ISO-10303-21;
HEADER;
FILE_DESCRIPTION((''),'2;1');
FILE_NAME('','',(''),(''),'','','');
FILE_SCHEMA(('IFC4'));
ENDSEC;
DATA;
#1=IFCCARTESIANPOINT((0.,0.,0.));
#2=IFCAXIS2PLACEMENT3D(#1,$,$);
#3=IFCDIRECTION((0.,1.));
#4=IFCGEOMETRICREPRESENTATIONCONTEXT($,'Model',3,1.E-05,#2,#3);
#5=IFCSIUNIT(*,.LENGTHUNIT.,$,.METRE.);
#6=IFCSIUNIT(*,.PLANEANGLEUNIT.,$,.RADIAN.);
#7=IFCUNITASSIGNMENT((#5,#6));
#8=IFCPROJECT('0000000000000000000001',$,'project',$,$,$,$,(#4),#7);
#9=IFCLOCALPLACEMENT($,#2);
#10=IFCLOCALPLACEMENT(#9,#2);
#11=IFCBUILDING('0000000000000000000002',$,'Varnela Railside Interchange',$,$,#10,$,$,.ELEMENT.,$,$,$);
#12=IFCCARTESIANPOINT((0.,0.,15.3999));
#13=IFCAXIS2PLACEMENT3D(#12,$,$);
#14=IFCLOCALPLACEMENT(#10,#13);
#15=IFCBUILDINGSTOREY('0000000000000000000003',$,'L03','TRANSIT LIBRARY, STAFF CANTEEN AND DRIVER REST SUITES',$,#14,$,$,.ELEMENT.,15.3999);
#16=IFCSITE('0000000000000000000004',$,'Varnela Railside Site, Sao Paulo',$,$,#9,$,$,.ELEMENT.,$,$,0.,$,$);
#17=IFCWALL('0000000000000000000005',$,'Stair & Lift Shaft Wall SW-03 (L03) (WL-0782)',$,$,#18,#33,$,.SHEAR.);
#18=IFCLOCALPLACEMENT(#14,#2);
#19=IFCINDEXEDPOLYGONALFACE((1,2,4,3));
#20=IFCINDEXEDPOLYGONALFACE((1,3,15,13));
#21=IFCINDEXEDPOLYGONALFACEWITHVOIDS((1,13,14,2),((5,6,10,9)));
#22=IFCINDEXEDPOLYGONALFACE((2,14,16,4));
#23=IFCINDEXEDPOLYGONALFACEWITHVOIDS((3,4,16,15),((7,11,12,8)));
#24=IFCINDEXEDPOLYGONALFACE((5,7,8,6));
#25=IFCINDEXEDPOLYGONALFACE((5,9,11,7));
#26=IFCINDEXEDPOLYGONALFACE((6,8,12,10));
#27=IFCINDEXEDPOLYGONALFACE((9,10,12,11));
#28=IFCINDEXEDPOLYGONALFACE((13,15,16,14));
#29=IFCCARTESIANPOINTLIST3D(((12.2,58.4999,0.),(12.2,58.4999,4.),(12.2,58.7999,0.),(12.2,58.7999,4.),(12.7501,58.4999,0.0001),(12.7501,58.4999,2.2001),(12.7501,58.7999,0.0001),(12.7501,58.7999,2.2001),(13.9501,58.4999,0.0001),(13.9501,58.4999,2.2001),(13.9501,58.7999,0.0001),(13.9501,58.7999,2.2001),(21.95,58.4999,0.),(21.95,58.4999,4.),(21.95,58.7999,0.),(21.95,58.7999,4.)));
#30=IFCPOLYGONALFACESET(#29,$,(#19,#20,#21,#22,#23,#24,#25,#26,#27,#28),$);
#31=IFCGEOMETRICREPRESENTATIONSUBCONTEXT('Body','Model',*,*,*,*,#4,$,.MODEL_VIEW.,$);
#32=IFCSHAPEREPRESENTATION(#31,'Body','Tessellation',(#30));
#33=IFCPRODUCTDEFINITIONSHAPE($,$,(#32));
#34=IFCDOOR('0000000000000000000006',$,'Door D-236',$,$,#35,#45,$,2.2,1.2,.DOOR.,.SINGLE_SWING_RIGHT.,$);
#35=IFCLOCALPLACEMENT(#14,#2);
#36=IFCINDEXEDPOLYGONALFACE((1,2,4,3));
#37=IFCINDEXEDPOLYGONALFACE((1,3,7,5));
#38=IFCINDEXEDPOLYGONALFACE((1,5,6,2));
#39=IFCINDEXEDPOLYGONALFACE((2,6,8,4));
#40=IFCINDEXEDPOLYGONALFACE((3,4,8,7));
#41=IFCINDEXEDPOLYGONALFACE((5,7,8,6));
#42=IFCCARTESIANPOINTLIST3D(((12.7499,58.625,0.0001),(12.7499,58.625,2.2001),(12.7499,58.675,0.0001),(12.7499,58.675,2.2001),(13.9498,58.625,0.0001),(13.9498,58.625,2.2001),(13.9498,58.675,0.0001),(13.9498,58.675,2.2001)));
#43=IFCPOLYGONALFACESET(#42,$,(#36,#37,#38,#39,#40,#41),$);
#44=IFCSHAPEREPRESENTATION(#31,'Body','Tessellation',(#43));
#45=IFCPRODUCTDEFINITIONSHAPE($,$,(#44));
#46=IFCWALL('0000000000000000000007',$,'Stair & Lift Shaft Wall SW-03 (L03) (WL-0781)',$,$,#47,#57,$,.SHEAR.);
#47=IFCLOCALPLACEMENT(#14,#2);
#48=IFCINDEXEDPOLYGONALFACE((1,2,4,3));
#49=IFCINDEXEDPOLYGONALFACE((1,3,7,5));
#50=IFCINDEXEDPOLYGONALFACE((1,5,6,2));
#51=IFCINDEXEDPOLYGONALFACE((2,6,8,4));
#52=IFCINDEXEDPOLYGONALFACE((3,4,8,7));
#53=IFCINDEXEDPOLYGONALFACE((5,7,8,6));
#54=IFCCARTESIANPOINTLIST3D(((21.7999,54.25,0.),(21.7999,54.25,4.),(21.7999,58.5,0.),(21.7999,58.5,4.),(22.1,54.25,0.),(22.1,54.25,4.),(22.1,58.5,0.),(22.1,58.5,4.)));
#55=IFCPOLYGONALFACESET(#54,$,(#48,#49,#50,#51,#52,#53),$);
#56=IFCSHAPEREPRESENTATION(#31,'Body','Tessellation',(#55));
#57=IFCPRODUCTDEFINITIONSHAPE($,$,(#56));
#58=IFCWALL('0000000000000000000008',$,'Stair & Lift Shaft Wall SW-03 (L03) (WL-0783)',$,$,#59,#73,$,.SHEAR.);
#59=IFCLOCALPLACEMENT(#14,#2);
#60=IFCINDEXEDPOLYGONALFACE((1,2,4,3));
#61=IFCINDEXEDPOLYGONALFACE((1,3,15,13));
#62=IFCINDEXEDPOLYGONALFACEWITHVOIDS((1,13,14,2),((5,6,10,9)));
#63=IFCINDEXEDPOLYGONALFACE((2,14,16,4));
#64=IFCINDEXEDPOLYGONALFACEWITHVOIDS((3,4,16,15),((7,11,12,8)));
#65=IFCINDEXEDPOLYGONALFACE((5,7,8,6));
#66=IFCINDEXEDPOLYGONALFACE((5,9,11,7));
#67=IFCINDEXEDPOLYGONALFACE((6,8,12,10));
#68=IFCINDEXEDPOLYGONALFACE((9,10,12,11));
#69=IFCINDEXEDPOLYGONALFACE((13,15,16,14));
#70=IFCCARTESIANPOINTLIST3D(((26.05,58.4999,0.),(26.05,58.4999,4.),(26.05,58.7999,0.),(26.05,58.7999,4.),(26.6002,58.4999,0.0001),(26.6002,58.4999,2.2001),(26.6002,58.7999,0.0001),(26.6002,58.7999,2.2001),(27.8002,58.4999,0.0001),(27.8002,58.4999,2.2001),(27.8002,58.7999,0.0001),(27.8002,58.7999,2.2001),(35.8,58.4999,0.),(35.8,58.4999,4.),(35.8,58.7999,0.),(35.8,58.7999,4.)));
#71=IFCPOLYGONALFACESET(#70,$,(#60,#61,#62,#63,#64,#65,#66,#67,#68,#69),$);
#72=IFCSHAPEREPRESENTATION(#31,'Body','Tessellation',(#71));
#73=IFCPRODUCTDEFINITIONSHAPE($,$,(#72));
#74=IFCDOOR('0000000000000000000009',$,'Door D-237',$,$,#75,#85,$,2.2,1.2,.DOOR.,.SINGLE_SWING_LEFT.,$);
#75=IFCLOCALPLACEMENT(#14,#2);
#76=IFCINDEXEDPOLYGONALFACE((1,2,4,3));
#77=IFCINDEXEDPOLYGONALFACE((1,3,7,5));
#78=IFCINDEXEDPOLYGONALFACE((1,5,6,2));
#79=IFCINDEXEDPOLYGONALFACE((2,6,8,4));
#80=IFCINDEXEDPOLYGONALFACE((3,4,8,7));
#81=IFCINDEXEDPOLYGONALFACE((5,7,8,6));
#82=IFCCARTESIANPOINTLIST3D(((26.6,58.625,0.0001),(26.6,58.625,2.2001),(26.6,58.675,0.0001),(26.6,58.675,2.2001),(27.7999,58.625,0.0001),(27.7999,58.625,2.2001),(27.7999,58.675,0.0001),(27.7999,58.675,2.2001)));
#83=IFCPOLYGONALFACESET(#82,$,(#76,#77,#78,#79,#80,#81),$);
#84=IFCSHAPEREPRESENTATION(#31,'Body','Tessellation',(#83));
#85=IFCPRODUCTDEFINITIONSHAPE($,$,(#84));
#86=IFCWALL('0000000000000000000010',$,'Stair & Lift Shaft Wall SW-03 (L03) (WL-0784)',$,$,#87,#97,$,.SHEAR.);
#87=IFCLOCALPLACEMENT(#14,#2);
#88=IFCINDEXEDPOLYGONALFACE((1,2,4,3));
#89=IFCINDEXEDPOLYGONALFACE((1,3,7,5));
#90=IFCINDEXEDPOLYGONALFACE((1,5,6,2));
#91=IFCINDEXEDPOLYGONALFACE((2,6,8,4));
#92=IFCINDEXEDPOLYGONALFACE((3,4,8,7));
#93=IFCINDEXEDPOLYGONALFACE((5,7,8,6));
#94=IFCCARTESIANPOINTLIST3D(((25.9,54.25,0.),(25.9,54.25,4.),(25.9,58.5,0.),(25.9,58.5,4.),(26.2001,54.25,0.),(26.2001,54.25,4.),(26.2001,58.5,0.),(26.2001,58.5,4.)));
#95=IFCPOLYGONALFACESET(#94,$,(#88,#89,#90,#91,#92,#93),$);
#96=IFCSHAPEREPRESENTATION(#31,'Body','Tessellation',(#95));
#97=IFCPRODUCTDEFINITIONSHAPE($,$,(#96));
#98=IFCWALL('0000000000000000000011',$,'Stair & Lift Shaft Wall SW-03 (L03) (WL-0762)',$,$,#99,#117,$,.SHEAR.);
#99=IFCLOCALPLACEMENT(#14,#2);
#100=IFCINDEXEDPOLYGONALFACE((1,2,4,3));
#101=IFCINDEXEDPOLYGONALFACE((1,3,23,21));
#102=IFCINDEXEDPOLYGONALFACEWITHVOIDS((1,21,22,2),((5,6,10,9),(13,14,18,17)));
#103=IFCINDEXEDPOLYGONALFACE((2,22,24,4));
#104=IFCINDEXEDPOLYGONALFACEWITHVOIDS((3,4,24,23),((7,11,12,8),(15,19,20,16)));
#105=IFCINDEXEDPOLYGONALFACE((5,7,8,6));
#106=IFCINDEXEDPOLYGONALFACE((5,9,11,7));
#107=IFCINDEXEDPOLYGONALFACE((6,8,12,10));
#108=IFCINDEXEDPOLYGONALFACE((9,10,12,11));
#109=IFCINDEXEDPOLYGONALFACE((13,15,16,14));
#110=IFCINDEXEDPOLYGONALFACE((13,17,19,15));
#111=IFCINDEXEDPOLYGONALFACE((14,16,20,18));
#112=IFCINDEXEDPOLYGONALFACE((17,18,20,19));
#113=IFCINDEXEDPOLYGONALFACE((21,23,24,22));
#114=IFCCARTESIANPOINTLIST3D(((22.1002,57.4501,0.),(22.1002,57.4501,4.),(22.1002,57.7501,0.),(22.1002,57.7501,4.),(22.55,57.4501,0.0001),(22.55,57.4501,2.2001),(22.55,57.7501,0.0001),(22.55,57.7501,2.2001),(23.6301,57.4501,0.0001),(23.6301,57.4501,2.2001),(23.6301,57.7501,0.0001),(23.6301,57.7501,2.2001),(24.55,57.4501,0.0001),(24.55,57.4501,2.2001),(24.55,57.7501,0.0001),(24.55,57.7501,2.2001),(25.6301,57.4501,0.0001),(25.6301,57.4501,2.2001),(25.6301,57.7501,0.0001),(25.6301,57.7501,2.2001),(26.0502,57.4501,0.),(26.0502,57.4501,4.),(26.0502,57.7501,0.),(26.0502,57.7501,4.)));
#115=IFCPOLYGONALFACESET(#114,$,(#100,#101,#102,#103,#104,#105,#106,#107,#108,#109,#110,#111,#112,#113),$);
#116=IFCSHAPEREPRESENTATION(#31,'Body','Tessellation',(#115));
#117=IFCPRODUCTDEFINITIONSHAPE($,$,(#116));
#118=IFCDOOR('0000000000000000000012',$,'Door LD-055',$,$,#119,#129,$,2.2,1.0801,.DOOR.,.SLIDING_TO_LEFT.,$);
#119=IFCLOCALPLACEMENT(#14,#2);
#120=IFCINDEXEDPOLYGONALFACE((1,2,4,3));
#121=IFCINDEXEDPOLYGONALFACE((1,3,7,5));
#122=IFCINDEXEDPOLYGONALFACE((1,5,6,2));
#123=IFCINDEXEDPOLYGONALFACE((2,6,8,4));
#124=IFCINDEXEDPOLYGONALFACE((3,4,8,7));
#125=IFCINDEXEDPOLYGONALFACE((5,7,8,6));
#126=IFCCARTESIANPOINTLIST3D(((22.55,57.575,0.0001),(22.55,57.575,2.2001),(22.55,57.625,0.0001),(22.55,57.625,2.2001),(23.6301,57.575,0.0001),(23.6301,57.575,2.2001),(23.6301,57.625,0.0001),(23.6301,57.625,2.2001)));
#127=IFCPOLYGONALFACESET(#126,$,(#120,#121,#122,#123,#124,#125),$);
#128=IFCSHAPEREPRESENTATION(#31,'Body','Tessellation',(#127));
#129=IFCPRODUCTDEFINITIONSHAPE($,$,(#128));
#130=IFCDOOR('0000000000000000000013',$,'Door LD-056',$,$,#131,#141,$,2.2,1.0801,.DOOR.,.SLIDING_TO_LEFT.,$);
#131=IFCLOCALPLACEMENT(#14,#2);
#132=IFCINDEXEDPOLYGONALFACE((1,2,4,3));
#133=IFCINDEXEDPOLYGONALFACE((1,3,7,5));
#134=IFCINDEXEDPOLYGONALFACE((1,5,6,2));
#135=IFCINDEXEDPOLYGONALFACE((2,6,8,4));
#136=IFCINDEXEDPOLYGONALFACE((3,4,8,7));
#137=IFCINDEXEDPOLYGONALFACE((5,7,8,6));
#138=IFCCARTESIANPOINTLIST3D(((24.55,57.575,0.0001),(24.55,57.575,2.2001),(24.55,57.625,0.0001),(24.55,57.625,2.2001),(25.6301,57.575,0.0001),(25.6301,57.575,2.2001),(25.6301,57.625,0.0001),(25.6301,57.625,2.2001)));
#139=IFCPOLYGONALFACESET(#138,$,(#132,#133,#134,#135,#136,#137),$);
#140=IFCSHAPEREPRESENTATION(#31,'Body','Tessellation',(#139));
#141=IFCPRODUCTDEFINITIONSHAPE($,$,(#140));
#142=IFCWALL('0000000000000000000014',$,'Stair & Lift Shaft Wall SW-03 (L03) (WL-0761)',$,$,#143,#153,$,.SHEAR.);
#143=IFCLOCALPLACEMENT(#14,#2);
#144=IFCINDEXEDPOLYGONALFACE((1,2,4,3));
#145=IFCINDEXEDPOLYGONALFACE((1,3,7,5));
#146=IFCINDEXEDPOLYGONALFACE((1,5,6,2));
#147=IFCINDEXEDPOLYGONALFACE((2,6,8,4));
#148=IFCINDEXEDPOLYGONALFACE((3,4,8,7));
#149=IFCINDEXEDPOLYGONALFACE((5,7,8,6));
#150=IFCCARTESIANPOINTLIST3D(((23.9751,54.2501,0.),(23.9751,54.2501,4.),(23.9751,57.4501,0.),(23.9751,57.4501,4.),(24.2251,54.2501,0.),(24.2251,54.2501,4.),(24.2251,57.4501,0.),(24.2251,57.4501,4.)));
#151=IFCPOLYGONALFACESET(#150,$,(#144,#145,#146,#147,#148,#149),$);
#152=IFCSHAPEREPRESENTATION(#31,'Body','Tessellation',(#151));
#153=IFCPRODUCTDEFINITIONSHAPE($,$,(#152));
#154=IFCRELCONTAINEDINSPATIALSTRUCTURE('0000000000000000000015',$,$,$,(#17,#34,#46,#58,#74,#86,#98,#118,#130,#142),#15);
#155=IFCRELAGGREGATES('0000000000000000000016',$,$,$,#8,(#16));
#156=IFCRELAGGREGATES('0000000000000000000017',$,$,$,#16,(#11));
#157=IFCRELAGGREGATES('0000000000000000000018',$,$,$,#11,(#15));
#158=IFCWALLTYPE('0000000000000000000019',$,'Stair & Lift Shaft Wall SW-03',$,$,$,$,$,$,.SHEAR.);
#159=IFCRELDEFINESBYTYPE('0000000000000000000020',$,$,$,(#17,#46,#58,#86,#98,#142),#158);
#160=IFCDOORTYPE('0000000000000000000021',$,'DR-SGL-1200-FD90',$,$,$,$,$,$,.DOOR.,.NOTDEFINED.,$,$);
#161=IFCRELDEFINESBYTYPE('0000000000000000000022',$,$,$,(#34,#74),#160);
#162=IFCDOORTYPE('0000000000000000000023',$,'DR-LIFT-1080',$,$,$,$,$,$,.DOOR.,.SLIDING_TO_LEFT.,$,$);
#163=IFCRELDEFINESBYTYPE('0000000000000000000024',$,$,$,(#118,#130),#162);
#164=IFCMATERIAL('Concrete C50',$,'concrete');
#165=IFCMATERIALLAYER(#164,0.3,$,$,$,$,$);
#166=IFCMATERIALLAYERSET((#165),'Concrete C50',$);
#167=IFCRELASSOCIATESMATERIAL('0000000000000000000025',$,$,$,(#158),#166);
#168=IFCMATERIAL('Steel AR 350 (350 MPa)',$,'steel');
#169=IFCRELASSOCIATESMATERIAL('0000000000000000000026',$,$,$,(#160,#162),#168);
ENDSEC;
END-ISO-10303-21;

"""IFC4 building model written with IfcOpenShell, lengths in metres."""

from ifc_helpers import new_model, si_unit, direction, frame, frame_2d, origin, place, context, subcontext, project, spatial, rectangle, extrude, material, layer, layer_set, type_object, element, fill, save


model = new_model("IFC4")

# Units and contexts
model_context = context("Model", 3, precision=1e-05, world=origin(), true_north=direction((0.0, 1.0)))
body_context = subcontext(model_context, "Body", "Model", "MODEL_VIEW")
ifc_project = project(units=[si_unit("LENGTHUNIT", "METRE"), si_unit("PLANEANGLEUNIT", "RADIAN")], contexts=[model_context])

# Site, building, storey
site_placement = place(None, origin())
site = spatial("IfcSite", under=ifc_project, at=site_placement, Name="Varnela Railside Site, Sao Paulo", CompositionType="ELEMENT", RefElevation=0.0)
building_placement = place(site_placement, origin())
building = spatial("IfcBuilding", under=site, at=building_placement, Name="Varnela Railside Interchange", CompositionType="ELEMENT")
storey_placement = place(building_placement, frame((0.0, 0.0, 15.3999)))
storey = spatial("IfcBuildingStorey", under=building, at=storey_placement, Name="L03", Description="TRANSIT LIBRARY, STAFF CANTEEN AND DRIVER REST SUITES", CompositionType="ELEMENT", Elevation=15.3999)

# Shared definitions
ifc_material_1 = material(Name="Steel AR 350 (350 MPa)", Category="steel")

# Shared definitions
ifc_material_2 = material(Name="Concrete C50", Category="concrete")

# Wall, opening, door
ifc_layer_1 = layer(ifc_material_2, 0.3)
ifc_layer_set_1 = layer_set([ifc_layer_1], Name="Concrete C50")
wall_type_1 = type_object("IfcWallType", Name="Stair & Lift Shaft Wall SW-03", PredefinedType="SHEAR", material=ifc_layer_set_1)
wall_1_placement = place(storey_placement, frame((12.2, 58.6499, 0.0), z_axis=(0.0, 0.0, 1.0), x_axis=(1.0, 0.0, 0.0)))
wall_1 = element("IfcWall", 1, at=wall_1_placement, inside=storey, type_object=wall_type_1, Name="Stair & Lift Shaft Wall SW-03 (L03) (WL-0782)", PredefinedType="SHEAR", context=body_context, shape_type="SweptSolid", body=[
    extrude(rectangle(XDim=9.75, YDim=0.3, at=frame_2d((4.875, 0.0))), origin(), (0.0, 0.0, 1.0), 4.0),
])
opening_1_placement = place(wall_1_placement, frame((0.55, 0.0, 0.0)))
opening_1 = element("IfcOpeningElement", 2, at=opening_1_placement, cuts=wall_1, PredefinedType="OPENING", context=body_context, shape_type="SweptSolid", body=[
    extrude(rectangle(XDim=1.2, YDim=2.2, at=frame_2d((0.6001, 1.1001))), frame((0.0, 0.1599, 0.0), z_axis=(0.0, -1.0, 0.0), x_axis=(1.0, 0.0, 0.0)), (0.0, 0.0, 1.0), 0.3201),
])
door_type_1 = type_object("IfcDoorType", Name="DR-SGL-1200-FD90", OperationType="NOTDEFINED", PredefinedType="DOOR", material=ifc_material_1)
door_1_placement = place(opening_1_placement, frame((1.2, 0.0, 0.0), z_axis=(0.0, 0.0, 1.0), x_axis=(-1.0, 0.0, 0.0)))
door_1 = element("IfcDoor", 3, at=door_1_placement, inside=storey, type_object=door_type_1, Name="Door D-236", OperationType="SINGLE_SWING_RIGHT", OverallHeight=2.2, OverallWidth=1.2, PredefinedType="DOOR", context=body_context, shape_type="SweptSolid", body=[
    extrude(rectangle(XDim=1.2, YDim=2.2, at=frame_2d((0.6001, 1.1001))), frame((0.0, 0.0249, 0.0), z_axis=(0.0, -1.0, 0.0), x_axis=(1.0, 0.0, 0.0)), (0.0, 0.0, 1.0), 0.05),
])
fill(opening_1, door_1)

# Wall
wall_2_placement = place(storey_placement, frame((21.95, 54.25, 0.0), z_axis=(0.0, 0.0, 1.0), x_axis=(0.0, 1.0, 0.0)))
element("IfcWall", 4, at=wall_2_placement, inside=storey, type_object=wall_type_1, Name="Stair & Lift Shaft Wall SW-03 (L03) (WL-0781)", PredefinedType="SHEAR", context=body_context, shape_type="SweptSolid", body=[
    extrude(rectangle(XDim=4.25, YDim=0.3, at=frame_2d((2.125, 0.0))), origin(), (0.0, 0.0, 1.0), 4.0),
])

# Wall, opening, door
wall_3_placement = place(storey_placement, frame((26.05, 58.6499, 0.0), z_axis=(0.0, 0.0, 1.0), x_axis=(1.0, 0.0, 0.0)))
wall_3 = element("IfcWall", 5, at=wall_3_placement, inside=storey, type_object=wall_type_1, Name="Stair & Lift Shaft Wall SW-03 (L03) (WL-0783)", PredefinedType="SHEAR", context=body_context, shape_type="SweptSolid", body=[
    extrude(rectangle(XDim=9.75, YDim=0.3, at=frame_2d((4.875, 0.0))), origin(), (0.0, 0.0, 1.0), 4.0),
])
opening_2_placement = place(wall_3_placement, frame((0.55, 0.0, 0.0)))
opening_2 = element("IfcOpeningElement", 6, at=opening_2_placement, cuts=wall_3, PredefinedType="OPENING", context=body_context, shape_type="SweptSolid", body=[
    extrude(rectangle(XDim=1.2, YDim=2.2, at=frame_2d((0.6001, 1.1001))), frame((0.0, 0.1599, 0.0), z_axis=(0.0, -1.0, 0.0), x_axis=(1.0, 0.0, 0.0)), (0.0, 0.0, 1.0), 0.3201),
])
door_2_placement = place(opening_2_placement, frame((1.2, 0.0, 0.0), z_axis=(0.0, 0.0, 1.0), x_axis=(-1.0, 0.0, 0.0)))
door_2 = element("IfcDoor", 7, at=door_2_placement, inside=storey, type_object=door_type_1, Name="Door D-237", OperationType="SINGLE_SWING_LEFT", OverallHeight=2.2, OverallWidth=1.2, PredefinedType="DOOR", context=body_context, shape_type="SweptSolid", body=[
    extrude(rectangle(XDim=1.2, YDim=2.2, at=frame_2d((0.6001, 1.1001))), frame((0.0, 0.0249, 0.0), z_axis=(0.0, -1.0, 0.0), x_axis=(1.0, 0.0, 0.0)), (0.0, 0.0, 1.0), 0.05),
])
fill(opening_2, door_2)

# Wall
wall_4_placement = place(storey_placement, frame((26.05, 54.25, 0.0), z_axis=(0.0, 0.0, 1.0), x_axis=(0.0, 1.0, 0.0)))
element("IfcWall", 8, at=wall_4_placement, inside=storey, type_object=wall_type_1, Name="Stair & Lift Shaft Wall SW-03 (L03) (WL-0784)", PredefinedType="SHEAR", context=body_context, shape_type="SweptSolid", body=[
    extrude(rectangle(XDim=4.25, YDim=0.3, at=frame_2d((2.125, 0.0))), origin(), (0.0, 0.0, 1.0), 4.0),
])

# Wall, openings, doors
wall_5_placement = place(storey_placement, frame((22.1001, 57.6001, 0.0), z_axis=(0.0, 0.0, 1.0), x_axis=(1.0, 0.0, 0.0)))
wall_5 = element("IfcWall", 9, at=wall_5_placement, inside=storey, type_object=wall_type_1, Name="Stair & Lift Shaft Wall SW-03 (L03) (WL-0762)", PredefinedType="SHEAR", context=body_context, shape_type="SweptSolid", body=[
    extrude(rectangle(XDim=3.95, YDim=0.3, at=frame_2d((1.9751, 0.0))), origin(), (0.0, 0.0, 1.0), 4.0),
])
opening_3_placement = place(wall_5_placement, frame((0.45, 0.0, 0.0)))
opening_3 = element("IfcOpeningElement", 10, at=opening_3_placement, cuts=wall_5, PredefinedType="OPENING", context=body_context, shape_type="SweptSolid", body=[
    extrude(rectangle(XDim=1.0801, YDim=2.2, at=frame_2d((0.54, 1.1001))), frame((0.0, 0.1599, 0.0), z_axis=(0.0, -1.0, 0.0), x_axis=(1.0, 0.0, 0.0)), (0.0, 0.0, 1.0), 0.3201),
])
opening_4_placement = place(wall_5_placement, frame((2.45, 0.0, 0.0)))
opening_4 = element("IfcOpeningElement", 11, at=opening_4_placement, cuts=wall_5, PredefinedType="OPENING", context=body_context, shape_type="SweptSolid", body=[
    extrude(rectangle(XDim=1.0801, YDim=2.2, at=frame_2d((0.54, 1.1001))), frame((0.0, 0.1599, 0.0), z_axis=(0.0, -1.0, 0.0), x_axis=(1.0, 0.0, 0.0)), (0.0, 0.0, 1.0), 0.3201),
])
door_type_2 = type_object("IfcDoorType", Name="DR-LIFT-1080", OperationType="SLIDING_TO_LEFT", PredefinedType="DOOR", material=ifc_material_1)
door_3_placement = place(opening_3_placement, origin())
door_3 = element("IfcDoor", 12, at=door_3_placement, inside=storey, type_object=door_type_2, Name="Door LD-055", OperationType="SLIDING_TO_LEFT", OverallHeight=2.2, OverallWidth=1.0801, PredefinedType="DOOR", context=body_context, shape_type="SweptSolid", body=[
    extrude(rectangle(XDim=1.0801, YDim=2.2, at=frame_2d((0.54, 1.1001))), frame((0.0, 0.0249, 0.0), z_axis=(0.0, -1.0, 0.0), x_axis=(1.0, 0.0, 0.0)), (0.0, 0.0, 1.0), 0.05),
])
fill(opening_3, door_3)
door_4_placement = place(opening_4_placement, origin())
door_4 = element("IfcDoor", 13, at=door_4_placement, inside=storey, type_object=door_type_2, Name="Door LD-056", OperationType="SLIDING_TO_LEFT", OverallHeight=2.2, OverallWidth=1.0801, PredefinedType="DOOR", context=body_context, shape_type="SweptSolid", body=[
    extrude(rectangle(XDim=1.0801, YDim=2.2, at=frame_2d((0.54, 1.1001))), frame((0.0, 0.0249, 0.0), z_axis=(0.0, -1.0, 0.0), x_axis=(1.0, 0.0, 0.0)), (0.0, 0.0, 1.0), 0.05),
])
fill(opening_4, door_4)

# Wall
wall_6_placement = place(storey_placement, frame((24.1001, 54.25, 0.0), z_axis=(0.0, 0.0, 1.0), x_axis=(0.0, 1.0, 0.0)))
element("IfcWall", 14, at=wall_6_placement, inside=storey, type_object=wall_type_1, Name="Stair & Lift Shaft Wall SW-03 (L03) (WL-0761)", PredefinedType="SHEAR", context=body_context, shape_type="SweptSolid", body=[
    extrude(rectangle(XDim=3.2, YDim=0.25, at=frame_2d((1.6001, 0.0))), origin(), (0.0, 0.0, 1.0), 4.0),
])

save(model, "model.ifc")
